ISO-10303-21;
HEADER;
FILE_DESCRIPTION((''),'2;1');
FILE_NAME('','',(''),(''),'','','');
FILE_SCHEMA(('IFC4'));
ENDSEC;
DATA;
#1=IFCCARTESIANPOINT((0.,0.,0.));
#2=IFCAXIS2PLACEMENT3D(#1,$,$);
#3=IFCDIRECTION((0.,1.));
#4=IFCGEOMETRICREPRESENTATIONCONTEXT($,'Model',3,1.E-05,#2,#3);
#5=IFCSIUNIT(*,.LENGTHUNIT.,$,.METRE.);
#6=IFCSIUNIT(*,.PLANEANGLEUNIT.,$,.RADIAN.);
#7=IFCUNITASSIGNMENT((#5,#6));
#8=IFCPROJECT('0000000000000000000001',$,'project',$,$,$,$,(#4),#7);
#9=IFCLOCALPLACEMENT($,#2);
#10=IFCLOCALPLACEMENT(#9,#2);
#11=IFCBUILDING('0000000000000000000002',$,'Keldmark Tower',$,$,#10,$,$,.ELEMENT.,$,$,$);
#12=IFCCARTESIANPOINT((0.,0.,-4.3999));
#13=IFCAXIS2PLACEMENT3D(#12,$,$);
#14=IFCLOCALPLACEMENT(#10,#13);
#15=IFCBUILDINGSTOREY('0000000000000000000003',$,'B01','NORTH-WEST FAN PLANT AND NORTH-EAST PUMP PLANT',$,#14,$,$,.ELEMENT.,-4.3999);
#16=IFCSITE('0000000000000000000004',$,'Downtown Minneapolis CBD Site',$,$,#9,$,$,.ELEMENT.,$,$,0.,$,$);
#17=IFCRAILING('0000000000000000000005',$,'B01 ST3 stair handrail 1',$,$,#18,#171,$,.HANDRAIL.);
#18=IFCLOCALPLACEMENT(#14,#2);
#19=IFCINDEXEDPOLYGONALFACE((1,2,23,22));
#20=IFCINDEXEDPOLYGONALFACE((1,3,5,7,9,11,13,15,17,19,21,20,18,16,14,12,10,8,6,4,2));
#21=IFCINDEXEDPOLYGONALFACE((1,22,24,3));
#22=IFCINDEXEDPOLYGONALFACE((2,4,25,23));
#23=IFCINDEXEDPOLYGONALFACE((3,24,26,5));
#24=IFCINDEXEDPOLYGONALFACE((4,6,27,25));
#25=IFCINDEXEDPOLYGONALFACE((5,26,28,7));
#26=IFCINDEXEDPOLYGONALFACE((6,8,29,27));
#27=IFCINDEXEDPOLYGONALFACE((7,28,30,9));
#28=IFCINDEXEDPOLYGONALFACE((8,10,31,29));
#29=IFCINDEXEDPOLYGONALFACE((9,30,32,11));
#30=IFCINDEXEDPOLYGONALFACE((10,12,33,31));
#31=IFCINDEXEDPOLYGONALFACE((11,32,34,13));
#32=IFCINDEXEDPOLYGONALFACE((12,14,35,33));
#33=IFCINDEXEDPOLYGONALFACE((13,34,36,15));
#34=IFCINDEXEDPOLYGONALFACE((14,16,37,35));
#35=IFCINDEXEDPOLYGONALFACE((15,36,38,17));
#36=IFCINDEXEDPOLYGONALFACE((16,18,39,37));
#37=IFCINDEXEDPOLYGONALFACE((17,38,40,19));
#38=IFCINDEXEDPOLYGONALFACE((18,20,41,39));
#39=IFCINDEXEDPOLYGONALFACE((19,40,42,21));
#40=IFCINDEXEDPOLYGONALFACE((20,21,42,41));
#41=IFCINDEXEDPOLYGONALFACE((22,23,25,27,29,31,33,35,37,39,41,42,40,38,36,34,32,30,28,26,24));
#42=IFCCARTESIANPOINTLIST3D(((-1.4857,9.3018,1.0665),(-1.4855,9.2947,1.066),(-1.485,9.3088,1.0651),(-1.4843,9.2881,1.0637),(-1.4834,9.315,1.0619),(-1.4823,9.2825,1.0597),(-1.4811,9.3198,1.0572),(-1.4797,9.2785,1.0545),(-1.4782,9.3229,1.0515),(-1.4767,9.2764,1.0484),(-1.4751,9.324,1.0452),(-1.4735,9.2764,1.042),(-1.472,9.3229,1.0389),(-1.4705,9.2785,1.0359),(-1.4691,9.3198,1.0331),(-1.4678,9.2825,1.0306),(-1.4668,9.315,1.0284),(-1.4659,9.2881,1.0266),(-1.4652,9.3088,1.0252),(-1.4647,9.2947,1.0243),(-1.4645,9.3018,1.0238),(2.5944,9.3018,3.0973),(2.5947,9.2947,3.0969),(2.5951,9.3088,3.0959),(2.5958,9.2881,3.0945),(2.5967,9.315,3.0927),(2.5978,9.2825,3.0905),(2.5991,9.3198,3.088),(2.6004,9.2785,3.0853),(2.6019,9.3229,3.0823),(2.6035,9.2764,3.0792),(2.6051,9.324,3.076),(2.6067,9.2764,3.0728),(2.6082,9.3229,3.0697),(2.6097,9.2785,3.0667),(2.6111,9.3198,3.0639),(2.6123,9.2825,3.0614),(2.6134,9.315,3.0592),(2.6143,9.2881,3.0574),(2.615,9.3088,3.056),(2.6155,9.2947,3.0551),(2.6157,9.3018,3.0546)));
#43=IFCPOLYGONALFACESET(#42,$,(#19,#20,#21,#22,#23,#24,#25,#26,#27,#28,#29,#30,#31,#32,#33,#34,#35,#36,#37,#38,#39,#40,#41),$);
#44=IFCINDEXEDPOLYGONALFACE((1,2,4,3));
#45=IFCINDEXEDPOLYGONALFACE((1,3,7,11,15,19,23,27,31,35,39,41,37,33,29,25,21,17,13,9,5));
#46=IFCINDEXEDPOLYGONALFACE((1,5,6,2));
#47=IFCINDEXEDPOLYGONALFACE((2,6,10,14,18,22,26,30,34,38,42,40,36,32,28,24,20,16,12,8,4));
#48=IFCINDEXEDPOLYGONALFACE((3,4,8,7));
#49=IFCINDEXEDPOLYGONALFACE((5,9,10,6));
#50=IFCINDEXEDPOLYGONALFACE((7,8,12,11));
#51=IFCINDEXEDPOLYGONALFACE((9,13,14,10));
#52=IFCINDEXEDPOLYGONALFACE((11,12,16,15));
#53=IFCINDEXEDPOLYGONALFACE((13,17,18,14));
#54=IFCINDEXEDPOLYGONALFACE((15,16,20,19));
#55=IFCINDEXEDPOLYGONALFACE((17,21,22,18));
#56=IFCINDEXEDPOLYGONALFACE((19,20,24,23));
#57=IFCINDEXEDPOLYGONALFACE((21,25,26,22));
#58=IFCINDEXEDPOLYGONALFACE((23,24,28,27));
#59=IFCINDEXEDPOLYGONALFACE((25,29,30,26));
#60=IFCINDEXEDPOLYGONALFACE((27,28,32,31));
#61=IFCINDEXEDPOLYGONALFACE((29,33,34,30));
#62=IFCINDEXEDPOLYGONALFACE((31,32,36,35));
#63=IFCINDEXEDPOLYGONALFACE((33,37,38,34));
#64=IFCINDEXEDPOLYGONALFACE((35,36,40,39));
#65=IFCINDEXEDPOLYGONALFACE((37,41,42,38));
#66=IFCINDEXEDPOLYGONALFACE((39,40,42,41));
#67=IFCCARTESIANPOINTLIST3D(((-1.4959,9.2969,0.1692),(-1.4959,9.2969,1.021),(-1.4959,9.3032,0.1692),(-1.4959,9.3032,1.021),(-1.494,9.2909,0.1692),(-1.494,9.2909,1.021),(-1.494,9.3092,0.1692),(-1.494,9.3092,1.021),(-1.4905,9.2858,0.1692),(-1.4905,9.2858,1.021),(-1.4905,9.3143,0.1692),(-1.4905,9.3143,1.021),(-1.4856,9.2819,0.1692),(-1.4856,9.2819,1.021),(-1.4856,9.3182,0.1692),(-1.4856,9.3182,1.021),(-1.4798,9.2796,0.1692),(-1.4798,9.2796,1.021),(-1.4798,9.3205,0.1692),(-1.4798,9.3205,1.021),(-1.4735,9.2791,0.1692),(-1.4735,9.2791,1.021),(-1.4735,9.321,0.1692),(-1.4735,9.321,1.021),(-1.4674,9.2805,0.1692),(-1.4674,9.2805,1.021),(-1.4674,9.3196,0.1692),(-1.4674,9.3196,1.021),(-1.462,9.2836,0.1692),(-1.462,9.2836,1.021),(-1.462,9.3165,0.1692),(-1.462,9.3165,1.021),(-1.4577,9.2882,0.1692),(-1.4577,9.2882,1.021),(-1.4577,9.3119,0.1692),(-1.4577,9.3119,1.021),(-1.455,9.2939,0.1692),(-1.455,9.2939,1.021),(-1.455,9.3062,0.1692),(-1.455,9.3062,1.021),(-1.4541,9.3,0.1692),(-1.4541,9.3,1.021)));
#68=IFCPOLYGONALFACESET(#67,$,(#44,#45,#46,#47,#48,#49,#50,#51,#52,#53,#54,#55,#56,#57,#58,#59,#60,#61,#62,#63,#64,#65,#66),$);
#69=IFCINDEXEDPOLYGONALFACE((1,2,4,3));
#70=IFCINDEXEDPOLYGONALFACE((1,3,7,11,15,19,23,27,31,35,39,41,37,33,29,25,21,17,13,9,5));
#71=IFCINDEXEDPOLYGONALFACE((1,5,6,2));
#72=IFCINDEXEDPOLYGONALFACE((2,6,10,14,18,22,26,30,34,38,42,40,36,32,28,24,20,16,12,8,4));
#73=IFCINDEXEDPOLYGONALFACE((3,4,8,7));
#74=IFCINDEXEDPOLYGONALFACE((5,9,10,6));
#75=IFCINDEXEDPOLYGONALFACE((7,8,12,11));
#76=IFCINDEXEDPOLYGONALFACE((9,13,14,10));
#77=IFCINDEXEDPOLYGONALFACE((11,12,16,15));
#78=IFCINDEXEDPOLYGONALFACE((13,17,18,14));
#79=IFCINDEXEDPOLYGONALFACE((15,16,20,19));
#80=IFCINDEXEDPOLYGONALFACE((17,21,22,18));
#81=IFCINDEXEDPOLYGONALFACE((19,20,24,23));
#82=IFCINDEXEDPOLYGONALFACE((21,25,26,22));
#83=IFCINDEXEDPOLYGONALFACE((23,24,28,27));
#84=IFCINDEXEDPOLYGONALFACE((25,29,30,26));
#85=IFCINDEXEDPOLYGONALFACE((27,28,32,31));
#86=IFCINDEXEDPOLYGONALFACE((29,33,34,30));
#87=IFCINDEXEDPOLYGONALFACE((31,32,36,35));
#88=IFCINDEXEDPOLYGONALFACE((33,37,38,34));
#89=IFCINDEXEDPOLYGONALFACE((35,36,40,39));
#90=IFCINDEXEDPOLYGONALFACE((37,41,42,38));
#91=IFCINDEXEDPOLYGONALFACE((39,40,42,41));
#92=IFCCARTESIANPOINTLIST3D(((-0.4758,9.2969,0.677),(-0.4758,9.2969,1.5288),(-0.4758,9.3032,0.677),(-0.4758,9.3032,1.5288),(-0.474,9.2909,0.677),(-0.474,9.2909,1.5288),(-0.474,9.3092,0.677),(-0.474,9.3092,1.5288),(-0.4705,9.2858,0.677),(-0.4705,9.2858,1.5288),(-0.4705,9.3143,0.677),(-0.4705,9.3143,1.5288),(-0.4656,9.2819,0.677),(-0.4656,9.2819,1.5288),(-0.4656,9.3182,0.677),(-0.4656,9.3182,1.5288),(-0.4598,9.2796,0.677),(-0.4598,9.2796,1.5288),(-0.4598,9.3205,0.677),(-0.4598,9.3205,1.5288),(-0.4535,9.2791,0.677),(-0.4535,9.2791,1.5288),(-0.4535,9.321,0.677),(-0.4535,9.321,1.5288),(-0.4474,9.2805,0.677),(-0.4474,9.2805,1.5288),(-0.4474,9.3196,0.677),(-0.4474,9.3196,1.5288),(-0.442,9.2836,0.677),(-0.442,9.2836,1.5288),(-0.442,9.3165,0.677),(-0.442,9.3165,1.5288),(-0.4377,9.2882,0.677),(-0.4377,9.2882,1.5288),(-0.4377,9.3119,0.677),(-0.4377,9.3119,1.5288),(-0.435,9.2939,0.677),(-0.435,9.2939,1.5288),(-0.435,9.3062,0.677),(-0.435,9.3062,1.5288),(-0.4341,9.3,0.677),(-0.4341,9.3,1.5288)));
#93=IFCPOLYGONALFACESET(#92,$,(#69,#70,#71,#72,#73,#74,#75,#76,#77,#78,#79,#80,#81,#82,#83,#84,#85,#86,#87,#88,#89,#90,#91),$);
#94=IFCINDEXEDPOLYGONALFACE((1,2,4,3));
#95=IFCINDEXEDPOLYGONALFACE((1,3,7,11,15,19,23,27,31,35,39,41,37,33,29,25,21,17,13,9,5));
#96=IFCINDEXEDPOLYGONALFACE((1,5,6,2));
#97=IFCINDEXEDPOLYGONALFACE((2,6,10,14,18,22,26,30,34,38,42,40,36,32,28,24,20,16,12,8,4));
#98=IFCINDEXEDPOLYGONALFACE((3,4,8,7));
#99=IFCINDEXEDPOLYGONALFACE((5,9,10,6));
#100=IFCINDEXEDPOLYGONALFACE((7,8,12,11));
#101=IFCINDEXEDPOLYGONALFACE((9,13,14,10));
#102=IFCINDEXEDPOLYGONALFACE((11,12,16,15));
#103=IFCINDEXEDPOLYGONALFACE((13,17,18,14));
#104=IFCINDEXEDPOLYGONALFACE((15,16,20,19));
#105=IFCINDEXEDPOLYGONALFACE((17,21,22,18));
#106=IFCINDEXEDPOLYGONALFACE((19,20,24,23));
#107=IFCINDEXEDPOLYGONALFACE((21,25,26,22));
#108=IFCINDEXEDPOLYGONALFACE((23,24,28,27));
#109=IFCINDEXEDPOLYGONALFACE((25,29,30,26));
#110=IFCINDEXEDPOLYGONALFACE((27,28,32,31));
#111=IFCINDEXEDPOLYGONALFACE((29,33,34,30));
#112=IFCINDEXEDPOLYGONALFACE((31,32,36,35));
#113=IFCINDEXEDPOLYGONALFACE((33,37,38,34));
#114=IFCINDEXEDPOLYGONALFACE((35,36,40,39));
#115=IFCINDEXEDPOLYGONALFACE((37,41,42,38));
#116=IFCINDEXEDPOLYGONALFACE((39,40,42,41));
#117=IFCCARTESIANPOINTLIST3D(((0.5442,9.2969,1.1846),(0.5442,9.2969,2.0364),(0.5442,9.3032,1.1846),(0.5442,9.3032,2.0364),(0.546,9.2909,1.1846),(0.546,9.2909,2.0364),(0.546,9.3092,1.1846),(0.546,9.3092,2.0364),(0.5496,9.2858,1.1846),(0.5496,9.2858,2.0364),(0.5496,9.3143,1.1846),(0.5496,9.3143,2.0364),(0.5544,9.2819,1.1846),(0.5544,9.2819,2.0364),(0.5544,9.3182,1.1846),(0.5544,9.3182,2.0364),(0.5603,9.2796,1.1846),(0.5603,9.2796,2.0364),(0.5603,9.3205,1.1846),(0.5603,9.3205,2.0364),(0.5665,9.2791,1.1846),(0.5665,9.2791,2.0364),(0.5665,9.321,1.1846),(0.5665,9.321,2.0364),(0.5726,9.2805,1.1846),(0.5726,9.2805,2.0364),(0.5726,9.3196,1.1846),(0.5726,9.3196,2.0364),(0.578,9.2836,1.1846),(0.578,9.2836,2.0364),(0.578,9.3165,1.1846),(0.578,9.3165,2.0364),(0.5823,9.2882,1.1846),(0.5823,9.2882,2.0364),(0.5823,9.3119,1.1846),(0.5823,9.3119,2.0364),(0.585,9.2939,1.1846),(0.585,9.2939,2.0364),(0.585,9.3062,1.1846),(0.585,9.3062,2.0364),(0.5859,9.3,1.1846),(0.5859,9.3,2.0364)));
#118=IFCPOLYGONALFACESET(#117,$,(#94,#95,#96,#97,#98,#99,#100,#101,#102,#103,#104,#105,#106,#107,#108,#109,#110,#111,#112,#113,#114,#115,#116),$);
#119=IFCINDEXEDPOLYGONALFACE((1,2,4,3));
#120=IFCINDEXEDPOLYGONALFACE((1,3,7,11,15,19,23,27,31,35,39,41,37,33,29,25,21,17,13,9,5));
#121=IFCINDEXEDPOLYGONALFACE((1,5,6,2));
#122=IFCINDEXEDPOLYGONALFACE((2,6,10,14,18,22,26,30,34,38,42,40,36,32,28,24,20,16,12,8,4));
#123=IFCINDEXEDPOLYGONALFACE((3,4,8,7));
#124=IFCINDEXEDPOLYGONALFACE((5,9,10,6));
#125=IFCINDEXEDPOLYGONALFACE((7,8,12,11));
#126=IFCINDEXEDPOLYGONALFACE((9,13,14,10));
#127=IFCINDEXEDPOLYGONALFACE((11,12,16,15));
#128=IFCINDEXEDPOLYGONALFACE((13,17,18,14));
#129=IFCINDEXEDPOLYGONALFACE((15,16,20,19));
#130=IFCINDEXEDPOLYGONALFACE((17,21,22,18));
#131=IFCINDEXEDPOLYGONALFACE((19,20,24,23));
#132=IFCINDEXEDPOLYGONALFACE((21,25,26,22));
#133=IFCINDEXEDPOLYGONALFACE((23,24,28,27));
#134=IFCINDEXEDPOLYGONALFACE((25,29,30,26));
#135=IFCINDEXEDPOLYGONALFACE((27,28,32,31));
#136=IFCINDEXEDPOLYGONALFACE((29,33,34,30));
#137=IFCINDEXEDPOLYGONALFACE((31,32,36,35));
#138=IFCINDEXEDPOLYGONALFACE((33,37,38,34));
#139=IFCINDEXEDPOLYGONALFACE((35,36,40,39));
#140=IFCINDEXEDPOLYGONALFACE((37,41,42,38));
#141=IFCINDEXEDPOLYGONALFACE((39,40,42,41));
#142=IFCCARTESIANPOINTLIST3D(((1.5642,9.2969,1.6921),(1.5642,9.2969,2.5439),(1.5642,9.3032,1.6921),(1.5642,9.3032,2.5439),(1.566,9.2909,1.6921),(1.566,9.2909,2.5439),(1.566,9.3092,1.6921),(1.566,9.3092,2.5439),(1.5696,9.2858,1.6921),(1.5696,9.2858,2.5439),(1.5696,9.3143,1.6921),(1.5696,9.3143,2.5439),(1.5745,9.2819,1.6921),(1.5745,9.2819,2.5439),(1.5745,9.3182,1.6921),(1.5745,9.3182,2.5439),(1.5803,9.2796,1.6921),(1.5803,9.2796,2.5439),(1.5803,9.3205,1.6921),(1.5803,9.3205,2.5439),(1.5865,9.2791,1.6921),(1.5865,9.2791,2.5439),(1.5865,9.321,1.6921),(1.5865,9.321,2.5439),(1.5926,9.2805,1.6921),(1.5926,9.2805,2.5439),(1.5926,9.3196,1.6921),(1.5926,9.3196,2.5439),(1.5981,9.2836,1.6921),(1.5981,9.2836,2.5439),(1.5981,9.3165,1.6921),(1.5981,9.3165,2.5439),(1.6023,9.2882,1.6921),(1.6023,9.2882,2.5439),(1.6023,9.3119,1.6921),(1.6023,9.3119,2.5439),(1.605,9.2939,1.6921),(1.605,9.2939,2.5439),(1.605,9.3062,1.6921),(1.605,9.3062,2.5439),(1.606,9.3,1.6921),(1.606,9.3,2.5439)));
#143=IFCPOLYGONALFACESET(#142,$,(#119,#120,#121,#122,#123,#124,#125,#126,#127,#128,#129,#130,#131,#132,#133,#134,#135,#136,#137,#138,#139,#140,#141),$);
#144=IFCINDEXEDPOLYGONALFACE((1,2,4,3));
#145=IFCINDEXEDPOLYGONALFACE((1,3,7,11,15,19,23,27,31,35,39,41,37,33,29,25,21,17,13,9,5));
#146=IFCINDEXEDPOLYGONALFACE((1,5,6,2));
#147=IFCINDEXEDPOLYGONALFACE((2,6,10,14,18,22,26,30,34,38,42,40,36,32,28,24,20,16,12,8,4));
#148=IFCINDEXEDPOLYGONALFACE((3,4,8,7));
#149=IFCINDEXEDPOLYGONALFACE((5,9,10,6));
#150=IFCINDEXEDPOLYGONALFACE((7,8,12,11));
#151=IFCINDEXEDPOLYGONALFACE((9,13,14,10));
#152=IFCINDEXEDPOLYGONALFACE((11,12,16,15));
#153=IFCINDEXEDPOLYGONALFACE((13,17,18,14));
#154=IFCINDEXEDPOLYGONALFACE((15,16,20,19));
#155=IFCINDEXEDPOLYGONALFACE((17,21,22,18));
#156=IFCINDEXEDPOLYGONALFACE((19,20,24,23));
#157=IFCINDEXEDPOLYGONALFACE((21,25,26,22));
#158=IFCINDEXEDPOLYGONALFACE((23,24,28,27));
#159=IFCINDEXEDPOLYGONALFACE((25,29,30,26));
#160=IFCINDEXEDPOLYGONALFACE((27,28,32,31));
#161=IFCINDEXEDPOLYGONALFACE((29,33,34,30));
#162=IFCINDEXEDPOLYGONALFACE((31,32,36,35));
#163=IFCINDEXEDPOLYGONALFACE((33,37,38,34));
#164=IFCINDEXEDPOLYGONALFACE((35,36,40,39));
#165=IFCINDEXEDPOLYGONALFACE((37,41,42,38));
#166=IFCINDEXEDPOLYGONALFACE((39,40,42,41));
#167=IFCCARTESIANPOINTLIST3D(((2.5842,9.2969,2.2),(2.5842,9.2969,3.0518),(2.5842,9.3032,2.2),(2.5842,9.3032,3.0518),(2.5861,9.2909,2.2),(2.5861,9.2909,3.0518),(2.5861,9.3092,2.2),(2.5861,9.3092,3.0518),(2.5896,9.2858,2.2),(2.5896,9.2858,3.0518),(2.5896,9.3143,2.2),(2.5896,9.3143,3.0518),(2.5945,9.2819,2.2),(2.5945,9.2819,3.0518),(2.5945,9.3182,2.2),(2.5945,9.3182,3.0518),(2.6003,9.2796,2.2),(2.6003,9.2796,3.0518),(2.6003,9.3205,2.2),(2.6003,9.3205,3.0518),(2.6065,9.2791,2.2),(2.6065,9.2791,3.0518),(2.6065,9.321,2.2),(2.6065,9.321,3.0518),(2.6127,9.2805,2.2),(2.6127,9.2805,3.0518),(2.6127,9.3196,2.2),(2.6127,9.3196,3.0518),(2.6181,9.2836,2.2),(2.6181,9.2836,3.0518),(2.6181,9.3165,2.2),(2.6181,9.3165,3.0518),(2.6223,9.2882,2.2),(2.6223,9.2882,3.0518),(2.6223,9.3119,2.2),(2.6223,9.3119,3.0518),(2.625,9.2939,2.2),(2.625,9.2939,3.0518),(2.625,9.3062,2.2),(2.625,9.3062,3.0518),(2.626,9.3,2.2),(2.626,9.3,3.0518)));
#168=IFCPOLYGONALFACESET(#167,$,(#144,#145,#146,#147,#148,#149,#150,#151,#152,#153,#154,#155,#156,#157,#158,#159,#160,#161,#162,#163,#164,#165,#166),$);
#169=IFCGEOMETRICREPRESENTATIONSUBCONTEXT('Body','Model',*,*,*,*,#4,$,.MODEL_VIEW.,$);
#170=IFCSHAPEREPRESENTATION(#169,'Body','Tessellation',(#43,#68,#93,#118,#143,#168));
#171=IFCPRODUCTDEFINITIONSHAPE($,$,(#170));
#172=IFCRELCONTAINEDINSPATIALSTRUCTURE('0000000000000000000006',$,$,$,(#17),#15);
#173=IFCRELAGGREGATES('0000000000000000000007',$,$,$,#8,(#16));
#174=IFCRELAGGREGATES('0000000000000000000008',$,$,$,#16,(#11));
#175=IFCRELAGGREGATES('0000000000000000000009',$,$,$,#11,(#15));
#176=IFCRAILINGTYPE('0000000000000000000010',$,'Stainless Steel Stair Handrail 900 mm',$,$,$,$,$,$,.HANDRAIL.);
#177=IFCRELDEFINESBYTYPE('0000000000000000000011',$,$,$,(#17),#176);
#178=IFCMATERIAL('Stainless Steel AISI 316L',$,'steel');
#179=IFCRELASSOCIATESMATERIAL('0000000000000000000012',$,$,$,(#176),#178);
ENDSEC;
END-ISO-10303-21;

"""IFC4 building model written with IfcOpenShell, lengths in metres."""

from ifc_helpers import new_model, si_unit, direction, frame, origin, origin_2d, place, context, subcontext, project, spatial, circle, extrude, material, type_object, element, save


model = new_model("IFC4")

# Units and contexts
model_context = context("Model", 3, precision=1e-05, world=origin(), true_north=direction((0.0, 1.0)))
body_context = subcontext(model_context, "Body", "Model", "MODEL_VIEW")
ifc_project = project(units=[si_unit("LENGTHUNIT", "METRE"), si_unit("PLANEANGLEUNIT", "RADIAN")], contexts=[model_context])

# Site, building, storey
site_placement = place(None, origin())
site = spatial("IfcSite", under=ifc_project, at=site_placement, Name="Downtown Minneapolis CBD Site", CompositionType="ELEMENT", RefElevation=0.0)
building_placement = place(site_placement, origin())
building = spatial("IfcBuilding", under=site, at=building_placement, Name="Keldmark Tower", CompositionType="ELEMENT")
storey_placement = place(building_placement, frame((0.0, 0.0, -4.3999)))
storey = spatial("IfcBuildingStorey", under=building, at=storey_placement, Name="B01", Description="NORTH-WEST FAN PLANT AND NORTH-EAST PUMP PLANT", CompositionType="ELEMENT", Elevation=-4.3999)

# Railing
ifc_material_1 = material(Name="Stainless Steel AISI 316L", Category="steel")
railing_type_1 = type_object("IfcRailingType", Name="Stainless Steel Stair Handrail 900 mm", PredefinedType="HANDRAIL", material=ifc_material_1)
railing_1_placement = place(storey_placement, frame((-1.4751, 9.3, 0.1692)))
element("IfcRailing", 1, at=railing_1_placement, inside=storey, type_object=railing_type_1, Name="B01 ST3 stair handrail 1", PredefinedType="HANDRAIL", context=body_context, shape_type="SweptSolid", body=[
    extrude(circle(Radius=0.0239, at=origin_2d()), frame((0.0, 0.0, 0.876), z_axis=(0.89524, 0.0, 0.445584), x_axis=(0.0, 1.0, 0.0)), (0.0, 0.0, 1.0), 4.5576),
    extrude(circle(Radius=0.021, at=origin_2d()), origin(), (0.0, 0.0, 1.0), 0.8518),
    extrude(circle(Radius=0.021, at=origin_2d()), frame((1.02, 0.0, 0.5078)), (0.0, 0.0, 1.0), 0.8518),
    extrude(circle(Radius=0.021, at=origin_2d()), frame((2.04, 0.0, 1.0154)), (0.0, 0.0, 1.0), 0.8518),
    extrude(circle(Radius=0.021, at=origin_2d()), frame((3.0601, 0.0, 1.5229)), (0.0, 0.0, 1.0), 0.8518),
    extrude(circle(Radius=0.021, at=origin_2d()), frame((4.0801, 0.0, 2.0308)), (0.0, 0.0, 1.0), 0.8518),
])

save(model, "model.ifc")
